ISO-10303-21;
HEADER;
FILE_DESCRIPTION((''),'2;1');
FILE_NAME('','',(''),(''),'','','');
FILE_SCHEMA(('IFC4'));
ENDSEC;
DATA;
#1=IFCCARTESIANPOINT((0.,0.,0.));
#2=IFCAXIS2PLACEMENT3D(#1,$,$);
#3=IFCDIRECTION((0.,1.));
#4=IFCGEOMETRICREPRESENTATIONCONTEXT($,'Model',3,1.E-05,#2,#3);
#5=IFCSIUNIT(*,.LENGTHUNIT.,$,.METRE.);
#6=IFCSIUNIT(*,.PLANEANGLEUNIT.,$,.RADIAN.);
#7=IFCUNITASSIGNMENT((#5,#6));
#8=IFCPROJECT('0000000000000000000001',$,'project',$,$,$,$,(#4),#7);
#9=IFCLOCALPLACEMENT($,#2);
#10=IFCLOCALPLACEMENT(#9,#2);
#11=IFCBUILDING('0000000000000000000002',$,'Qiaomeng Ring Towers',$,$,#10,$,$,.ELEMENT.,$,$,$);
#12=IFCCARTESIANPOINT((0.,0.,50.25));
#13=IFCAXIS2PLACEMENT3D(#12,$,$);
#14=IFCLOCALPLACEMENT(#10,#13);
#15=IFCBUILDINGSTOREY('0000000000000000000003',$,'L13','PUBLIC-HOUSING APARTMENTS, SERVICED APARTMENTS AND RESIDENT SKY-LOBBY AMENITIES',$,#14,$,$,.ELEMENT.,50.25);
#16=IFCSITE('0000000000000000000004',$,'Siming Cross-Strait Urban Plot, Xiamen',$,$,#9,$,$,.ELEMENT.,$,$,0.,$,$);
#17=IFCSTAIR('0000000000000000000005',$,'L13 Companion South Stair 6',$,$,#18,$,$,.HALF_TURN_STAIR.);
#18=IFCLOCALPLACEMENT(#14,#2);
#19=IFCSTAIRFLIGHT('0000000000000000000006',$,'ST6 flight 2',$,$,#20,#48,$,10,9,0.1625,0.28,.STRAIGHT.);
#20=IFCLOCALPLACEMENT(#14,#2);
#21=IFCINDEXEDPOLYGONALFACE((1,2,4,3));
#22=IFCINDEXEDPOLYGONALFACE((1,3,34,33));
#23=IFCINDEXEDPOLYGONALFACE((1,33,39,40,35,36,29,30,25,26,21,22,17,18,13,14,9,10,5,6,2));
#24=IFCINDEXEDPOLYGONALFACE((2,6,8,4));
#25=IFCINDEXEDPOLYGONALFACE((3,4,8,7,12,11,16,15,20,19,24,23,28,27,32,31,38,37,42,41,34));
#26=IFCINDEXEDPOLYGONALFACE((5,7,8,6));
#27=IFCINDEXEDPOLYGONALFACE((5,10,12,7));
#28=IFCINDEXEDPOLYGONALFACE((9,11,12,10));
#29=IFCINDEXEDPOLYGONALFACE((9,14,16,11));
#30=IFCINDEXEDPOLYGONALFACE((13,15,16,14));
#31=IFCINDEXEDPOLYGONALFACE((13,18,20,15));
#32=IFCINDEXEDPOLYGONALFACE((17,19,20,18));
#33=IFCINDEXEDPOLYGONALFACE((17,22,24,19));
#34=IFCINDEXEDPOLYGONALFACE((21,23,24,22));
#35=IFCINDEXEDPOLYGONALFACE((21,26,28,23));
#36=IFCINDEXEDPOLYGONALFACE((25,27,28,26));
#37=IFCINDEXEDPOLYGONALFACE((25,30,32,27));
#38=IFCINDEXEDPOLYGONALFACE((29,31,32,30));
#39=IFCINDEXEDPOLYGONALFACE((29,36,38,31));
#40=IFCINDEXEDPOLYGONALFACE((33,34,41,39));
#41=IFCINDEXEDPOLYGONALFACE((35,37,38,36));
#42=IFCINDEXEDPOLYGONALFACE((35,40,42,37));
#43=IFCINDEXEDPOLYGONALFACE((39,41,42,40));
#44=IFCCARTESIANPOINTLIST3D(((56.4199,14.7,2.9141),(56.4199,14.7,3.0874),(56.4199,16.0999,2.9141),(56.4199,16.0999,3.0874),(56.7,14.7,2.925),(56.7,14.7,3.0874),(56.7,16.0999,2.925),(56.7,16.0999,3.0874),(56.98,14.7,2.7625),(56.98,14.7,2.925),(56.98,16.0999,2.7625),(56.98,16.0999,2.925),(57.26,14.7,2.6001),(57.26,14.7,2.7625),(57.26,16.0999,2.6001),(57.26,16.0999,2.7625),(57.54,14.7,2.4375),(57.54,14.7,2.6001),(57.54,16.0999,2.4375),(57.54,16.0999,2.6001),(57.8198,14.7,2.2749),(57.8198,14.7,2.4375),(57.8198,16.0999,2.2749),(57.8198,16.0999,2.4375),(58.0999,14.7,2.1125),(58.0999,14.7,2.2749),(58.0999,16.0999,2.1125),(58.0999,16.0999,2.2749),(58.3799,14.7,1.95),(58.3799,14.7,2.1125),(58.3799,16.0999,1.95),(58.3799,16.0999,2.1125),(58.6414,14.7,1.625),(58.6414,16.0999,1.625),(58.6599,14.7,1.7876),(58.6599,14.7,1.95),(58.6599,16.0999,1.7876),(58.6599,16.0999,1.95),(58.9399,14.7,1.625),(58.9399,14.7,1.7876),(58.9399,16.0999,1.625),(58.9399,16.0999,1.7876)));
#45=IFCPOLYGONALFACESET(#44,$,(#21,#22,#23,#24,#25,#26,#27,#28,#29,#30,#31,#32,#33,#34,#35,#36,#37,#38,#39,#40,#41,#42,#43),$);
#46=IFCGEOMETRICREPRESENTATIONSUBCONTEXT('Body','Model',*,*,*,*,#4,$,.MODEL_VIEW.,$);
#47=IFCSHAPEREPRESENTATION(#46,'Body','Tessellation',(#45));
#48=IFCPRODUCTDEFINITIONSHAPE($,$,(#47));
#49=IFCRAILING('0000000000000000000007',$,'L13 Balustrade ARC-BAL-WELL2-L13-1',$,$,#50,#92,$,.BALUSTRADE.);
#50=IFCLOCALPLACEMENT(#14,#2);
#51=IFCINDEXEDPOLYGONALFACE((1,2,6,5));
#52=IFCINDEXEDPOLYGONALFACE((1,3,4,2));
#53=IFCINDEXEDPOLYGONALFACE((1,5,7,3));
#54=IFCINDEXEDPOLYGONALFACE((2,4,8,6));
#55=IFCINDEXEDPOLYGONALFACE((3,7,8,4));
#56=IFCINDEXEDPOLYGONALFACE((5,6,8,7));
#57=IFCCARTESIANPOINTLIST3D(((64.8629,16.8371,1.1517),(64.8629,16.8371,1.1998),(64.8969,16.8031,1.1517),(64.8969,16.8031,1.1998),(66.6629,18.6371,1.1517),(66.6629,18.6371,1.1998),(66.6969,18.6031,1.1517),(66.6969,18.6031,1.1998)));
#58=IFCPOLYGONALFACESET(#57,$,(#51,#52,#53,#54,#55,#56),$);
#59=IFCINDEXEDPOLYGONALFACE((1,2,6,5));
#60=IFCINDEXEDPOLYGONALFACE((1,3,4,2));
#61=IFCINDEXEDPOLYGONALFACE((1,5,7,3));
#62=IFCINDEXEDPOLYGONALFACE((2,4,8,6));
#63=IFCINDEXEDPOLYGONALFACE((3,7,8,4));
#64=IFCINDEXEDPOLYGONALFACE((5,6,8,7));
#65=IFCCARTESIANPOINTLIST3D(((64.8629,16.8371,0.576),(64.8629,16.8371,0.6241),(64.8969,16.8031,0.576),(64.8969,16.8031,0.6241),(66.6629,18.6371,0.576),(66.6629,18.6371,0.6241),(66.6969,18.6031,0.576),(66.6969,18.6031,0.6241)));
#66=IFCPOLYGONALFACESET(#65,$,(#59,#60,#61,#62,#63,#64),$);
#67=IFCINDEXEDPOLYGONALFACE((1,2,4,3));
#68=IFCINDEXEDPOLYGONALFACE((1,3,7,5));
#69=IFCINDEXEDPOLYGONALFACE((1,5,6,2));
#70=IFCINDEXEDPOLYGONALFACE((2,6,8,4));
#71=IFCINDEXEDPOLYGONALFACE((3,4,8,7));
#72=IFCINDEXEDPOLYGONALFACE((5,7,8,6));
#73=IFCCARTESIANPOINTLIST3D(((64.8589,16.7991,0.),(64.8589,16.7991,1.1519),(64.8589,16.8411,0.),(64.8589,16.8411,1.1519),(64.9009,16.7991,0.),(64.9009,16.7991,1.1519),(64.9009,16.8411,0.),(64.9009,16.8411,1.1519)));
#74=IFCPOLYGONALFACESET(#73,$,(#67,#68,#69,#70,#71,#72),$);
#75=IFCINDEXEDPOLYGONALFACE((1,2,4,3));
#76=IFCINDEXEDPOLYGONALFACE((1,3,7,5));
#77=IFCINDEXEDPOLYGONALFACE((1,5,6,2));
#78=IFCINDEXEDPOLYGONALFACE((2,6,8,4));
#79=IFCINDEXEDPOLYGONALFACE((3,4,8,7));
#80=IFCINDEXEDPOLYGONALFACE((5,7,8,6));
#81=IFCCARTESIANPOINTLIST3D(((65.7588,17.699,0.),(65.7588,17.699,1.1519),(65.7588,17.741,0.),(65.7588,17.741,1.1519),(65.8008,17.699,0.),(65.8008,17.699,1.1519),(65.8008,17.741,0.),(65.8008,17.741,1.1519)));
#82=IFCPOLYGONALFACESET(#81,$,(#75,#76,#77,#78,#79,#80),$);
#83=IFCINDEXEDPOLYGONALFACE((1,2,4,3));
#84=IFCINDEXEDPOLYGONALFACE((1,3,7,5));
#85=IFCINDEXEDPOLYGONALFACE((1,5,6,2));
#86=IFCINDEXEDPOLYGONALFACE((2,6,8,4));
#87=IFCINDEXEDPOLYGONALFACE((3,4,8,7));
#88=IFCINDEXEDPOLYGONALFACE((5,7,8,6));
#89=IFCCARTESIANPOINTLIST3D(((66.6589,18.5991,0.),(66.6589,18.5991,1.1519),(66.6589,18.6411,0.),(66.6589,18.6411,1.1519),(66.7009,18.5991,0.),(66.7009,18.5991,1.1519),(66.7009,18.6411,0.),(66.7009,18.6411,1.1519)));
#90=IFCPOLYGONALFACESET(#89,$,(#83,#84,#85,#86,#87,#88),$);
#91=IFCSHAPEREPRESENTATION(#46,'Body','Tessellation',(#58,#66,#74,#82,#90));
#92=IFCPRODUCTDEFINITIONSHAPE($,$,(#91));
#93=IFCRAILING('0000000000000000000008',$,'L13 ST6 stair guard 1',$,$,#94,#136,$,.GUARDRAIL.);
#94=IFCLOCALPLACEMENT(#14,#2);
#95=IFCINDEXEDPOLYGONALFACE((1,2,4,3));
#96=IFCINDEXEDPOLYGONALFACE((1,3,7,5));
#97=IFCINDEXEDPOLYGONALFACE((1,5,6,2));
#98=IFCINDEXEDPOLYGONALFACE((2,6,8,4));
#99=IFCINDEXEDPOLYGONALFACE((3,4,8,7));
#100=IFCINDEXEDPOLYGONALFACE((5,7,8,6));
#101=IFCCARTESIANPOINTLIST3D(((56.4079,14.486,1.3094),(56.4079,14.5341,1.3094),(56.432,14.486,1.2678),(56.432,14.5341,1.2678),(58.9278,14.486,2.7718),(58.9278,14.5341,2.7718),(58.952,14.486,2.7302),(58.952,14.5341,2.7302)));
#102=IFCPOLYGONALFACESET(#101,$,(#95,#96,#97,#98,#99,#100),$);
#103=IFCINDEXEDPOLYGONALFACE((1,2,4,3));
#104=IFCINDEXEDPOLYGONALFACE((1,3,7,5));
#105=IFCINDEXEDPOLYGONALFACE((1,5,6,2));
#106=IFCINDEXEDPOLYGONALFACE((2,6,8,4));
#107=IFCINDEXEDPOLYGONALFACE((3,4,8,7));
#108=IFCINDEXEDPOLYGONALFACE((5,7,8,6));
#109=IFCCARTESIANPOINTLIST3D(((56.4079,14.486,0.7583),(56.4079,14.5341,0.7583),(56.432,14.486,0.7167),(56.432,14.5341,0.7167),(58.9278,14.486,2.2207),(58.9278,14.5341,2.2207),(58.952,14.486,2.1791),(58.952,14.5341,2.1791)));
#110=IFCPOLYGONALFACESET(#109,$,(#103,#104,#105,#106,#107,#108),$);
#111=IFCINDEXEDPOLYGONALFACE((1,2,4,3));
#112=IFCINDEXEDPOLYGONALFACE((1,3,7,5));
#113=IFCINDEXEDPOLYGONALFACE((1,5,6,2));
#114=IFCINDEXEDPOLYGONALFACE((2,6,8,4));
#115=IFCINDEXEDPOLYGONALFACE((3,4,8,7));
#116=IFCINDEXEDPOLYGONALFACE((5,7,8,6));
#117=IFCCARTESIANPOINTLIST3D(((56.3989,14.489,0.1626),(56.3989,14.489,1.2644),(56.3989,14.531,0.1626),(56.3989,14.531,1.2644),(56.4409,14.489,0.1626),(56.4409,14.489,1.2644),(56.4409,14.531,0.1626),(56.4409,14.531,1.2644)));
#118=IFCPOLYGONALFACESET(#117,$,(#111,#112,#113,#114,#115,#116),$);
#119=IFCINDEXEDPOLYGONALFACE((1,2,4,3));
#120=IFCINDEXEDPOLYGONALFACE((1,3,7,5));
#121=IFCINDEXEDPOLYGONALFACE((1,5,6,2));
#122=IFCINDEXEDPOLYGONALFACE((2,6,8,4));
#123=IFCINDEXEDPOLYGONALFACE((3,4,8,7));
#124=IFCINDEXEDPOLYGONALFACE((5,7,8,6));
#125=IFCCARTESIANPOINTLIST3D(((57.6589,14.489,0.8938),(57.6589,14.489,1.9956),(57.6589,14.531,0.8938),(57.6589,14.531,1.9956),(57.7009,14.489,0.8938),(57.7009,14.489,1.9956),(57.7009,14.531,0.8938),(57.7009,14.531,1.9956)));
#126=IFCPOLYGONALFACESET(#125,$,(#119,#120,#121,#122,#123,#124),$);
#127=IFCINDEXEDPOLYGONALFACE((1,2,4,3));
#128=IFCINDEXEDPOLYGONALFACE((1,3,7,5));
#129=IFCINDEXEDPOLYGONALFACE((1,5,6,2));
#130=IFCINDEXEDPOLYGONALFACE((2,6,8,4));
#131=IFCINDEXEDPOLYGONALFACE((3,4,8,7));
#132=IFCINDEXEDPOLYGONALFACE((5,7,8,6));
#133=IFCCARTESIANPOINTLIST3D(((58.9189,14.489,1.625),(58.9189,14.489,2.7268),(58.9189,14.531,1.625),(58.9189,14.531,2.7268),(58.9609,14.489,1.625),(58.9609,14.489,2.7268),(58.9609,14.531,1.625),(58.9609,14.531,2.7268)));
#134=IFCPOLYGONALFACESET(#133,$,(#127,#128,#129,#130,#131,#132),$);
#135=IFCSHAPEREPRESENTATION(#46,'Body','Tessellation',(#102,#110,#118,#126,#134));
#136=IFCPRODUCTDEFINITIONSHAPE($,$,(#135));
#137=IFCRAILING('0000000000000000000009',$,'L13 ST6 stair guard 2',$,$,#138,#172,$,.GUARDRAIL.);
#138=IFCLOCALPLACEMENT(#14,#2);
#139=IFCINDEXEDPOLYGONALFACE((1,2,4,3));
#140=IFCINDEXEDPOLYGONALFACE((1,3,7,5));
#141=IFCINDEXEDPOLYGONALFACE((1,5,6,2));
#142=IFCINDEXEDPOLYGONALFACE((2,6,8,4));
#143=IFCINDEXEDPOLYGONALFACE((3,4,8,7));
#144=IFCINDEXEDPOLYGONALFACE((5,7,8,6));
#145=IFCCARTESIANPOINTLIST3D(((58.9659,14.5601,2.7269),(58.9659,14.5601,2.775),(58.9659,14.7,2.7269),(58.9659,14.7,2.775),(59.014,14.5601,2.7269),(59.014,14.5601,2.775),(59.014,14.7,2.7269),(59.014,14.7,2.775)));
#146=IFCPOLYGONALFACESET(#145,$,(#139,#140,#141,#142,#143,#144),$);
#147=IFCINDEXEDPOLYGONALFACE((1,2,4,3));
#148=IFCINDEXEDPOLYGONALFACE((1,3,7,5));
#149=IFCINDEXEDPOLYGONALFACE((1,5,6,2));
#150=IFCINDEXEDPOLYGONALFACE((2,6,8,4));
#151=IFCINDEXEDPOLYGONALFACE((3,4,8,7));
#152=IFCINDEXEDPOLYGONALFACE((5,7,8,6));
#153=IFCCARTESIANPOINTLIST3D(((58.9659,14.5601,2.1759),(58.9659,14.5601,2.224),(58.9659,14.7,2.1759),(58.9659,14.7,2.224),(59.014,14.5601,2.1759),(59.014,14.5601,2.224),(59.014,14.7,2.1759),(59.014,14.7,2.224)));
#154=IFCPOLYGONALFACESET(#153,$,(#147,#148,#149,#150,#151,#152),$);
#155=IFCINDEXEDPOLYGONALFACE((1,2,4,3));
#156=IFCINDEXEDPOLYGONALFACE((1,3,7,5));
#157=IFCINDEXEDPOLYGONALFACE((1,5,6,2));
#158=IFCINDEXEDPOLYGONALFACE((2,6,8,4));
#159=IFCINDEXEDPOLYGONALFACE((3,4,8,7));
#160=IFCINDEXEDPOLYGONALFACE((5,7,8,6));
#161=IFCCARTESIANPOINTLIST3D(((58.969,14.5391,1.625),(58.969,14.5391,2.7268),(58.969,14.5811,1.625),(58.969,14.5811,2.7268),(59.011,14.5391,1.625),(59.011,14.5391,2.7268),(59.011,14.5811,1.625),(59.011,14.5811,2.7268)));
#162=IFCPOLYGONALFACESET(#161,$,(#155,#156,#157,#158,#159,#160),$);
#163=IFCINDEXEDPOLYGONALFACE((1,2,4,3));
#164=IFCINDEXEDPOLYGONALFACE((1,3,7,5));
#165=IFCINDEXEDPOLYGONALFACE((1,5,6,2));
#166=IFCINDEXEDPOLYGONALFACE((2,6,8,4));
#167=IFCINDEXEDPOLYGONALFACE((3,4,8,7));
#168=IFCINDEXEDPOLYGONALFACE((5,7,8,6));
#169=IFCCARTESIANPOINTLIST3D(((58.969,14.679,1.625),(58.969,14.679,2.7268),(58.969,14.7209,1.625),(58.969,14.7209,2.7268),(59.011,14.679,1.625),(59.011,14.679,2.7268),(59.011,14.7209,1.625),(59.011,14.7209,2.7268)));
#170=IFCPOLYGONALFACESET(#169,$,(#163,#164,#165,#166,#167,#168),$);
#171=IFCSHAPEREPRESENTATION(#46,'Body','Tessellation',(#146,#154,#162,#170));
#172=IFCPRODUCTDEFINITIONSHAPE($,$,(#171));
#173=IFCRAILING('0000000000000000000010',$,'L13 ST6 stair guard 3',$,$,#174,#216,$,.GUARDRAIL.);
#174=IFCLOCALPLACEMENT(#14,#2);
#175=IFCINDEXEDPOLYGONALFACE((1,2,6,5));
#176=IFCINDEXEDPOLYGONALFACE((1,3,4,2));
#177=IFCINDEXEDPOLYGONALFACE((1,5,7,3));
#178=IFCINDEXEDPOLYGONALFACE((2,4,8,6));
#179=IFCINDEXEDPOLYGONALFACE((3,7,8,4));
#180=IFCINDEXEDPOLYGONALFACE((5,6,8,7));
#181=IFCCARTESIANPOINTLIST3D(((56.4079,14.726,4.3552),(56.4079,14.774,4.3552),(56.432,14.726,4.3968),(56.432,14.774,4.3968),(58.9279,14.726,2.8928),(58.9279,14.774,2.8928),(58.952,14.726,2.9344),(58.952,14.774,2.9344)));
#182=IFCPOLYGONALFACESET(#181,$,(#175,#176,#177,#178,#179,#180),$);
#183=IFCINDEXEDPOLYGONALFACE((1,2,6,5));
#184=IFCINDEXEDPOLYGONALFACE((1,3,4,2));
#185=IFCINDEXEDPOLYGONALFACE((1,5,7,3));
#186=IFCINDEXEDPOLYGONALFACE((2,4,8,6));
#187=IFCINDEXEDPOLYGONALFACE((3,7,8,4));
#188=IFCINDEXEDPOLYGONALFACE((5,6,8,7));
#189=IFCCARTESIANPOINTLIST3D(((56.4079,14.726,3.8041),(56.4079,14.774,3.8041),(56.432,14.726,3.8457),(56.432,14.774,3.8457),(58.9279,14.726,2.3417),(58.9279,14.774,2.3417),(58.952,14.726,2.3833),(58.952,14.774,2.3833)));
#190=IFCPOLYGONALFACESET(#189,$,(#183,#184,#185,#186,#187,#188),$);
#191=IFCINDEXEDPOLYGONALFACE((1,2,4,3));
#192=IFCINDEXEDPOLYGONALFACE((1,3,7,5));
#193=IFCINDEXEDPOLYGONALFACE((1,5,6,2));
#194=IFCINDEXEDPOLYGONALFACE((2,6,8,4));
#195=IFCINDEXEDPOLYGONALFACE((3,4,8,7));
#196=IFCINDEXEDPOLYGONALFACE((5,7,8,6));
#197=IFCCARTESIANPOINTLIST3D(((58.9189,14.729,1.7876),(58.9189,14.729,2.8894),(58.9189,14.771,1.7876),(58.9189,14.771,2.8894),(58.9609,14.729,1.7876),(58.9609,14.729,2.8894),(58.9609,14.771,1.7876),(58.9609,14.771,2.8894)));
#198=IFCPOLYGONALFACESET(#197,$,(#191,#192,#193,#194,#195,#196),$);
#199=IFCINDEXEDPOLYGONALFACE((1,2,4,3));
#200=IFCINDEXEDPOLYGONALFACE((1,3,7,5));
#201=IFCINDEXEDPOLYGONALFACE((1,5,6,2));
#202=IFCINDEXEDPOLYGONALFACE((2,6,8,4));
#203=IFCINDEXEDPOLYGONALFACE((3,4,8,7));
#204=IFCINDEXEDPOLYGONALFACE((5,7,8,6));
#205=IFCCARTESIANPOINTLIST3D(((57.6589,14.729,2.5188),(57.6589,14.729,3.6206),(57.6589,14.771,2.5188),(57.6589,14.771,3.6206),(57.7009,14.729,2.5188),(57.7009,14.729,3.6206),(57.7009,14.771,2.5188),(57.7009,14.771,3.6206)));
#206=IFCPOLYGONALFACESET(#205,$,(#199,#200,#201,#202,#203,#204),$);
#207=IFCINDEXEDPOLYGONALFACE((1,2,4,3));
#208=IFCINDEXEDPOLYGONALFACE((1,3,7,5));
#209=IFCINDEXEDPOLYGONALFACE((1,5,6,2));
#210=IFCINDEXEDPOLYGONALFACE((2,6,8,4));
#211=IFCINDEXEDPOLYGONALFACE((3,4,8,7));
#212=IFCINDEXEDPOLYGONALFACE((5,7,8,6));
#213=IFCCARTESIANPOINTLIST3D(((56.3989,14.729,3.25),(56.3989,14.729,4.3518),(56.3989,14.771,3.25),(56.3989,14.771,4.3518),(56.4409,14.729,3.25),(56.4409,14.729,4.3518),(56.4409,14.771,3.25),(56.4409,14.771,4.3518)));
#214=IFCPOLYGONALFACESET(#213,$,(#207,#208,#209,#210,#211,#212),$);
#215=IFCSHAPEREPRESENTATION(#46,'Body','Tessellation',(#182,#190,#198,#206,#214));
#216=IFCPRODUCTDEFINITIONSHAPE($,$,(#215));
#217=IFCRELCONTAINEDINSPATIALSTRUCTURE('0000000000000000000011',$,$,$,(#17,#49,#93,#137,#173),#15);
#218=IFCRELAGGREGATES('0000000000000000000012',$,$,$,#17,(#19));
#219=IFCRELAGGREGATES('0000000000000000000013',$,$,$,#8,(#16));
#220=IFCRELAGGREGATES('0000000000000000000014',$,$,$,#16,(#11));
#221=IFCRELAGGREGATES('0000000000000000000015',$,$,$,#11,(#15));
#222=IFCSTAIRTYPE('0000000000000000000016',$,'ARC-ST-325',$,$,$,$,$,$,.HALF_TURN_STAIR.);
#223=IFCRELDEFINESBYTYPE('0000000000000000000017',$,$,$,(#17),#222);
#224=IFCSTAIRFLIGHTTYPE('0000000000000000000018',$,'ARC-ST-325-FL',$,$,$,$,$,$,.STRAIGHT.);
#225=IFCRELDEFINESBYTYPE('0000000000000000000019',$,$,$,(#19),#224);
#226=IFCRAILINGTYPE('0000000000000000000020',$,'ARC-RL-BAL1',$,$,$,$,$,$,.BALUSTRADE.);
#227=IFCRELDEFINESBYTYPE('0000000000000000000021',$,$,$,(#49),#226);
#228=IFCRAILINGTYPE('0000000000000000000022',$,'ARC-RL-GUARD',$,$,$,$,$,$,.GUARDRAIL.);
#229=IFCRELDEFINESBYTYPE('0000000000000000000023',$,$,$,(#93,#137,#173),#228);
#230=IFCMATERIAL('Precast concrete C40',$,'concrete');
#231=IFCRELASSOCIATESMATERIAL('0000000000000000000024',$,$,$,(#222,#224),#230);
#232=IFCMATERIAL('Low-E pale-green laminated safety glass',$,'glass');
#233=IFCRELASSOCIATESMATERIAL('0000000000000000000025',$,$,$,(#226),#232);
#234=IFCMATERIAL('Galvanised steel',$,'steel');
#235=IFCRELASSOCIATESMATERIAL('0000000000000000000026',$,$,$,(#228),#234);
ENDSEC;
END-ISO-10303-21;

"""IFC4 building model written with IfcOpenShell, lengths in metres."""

from ifc_helpers import new_model, si_unit, direction, frame, origin, origin_2d, place, context, subcontext, project, spatial, polyline, rectangle, outline, extrude, source, transform, mapped, material, type_object, element, aggregate, save


model = new_model("IFC4")

# Units and contexts
model_context = context("Model", 3, precision=1e-05, world=origin(), true_north=direction((0.0, 1.0)))
body_context = subcontext(model_context, "Body", "Model", "MODEL_VIEW")
ifc_project = project(units=[si_unit("LENGTHUNIT", "METRE"), si_unit("PLANEANGLEUNIT", "RADIAN")], contexts=[model_context])

# Site, building, storey
site_placement = place(None, origin())
site = spatial("IfcSite", under=ifc_project, at=site_placement, Name="Siming Cross-Strait Urban Plot, Xiamen", CompositionType="ELEMENT", RefElevation=0.0)
building_placement = place(site_placement, origin())
building = spatial("IfcBuilding", under=site, at=building_placement, Name="Qiaomeng Ring Towers", CompositionType="ELEMENT")
storey_placement = place(building_placement, frame((0.0, 0.0, 50.25)))
storey = spatial("IfcBuildingStorey", under=building, at=storey_placement, Name="L13", Description="PUBLIC-HOUSING APARTMENTS, SERVICED APARTMENTS AND RESIDENT SKY-LOBBY AMENITIES", CompositionType="ELEMENT", Elevation=50.25)

# Shared definitions
ifc_material_1 = material(Name="Galvanised steel", Category="steel")

# Stair, stair flight
ifc_material_2 = material(Name="Precast concrete C40", Category="concrete")
stair_type = type_object("IfcStairType", Name="ARC-ST-325", PredefinedType="HALF_TURN_STAIR", material=ifc_material_2)
stair_placement = place(storey_placement, origin())
stair = element("IfcStair", 1, at=stair_placement, inside=storey, type_object=stair_type, Name="L13 Companion South Stair 6", PredefinedType="HALF_TURN_STAIR")
stair_flight_type = type_object("IfcStairFlightType", Name="ARC-ST-325-FL", PredefinedType="STRAIGHT", material=ifc_material_2)
shared_shape_1 = source(origin(), body_context, "Body", "SweptSolid", [
    extrude(outline(polyline([(0.0, 0.0), (0.0, 0.1626), (0.28, 0.1626), (0.28, 0.325), (0.5601, 0.325), (0.5601, 0.4875), (0.8401, 0.4875), (0.8401, 0.6499), (1.1201, 0.6499), (1.1201, 0.8125), (1.3999, 0.8125), (1.3999, 0.9751), (1.6799, 0.9751), (1.6799, 1.1375), (1.96, 1.1375), (1.96, 1.3), (2.24, 1.3), (2.24, 1.4624), (2.52, 1.4624), (2.52, 1.625), (2.52, 1.2891), (0.2986, 0.0), (0.0, 0.0)])), frame((0.0, 0.7, 0.0), z_axis=(0.0, -1.0, 0.0), x_axis=(1.0, 0.0, 0.0)), (0.0, 0.0, 1.0), 1.3999),
])
stair_flight_1_placement = place(storey_placement, frame((58.9399, 15.3999, 1.625), z_axis=(0.0, 0.0, 1.0), x_axis=(-1.0, 0.0, 0.0)))
stair_flight_1 = element("IfcStairFlight", 2, at=stair_flight_1_placement, type_object=stair_flight_type, Name="ST6 flight 2", NumberOfRisers=10, NumberOfTreads=9, PredefinedType="STRAIGHT", RiserHeight=0.1625, TreadLength=0.28, context=body_context, shape_type="MappedRepresentation", body=[
    mapped(shared_shape_1, transform((0.0, 0.0, 0.0), x_axis=(1.0, 0.0, 0.0), y_axis=(0.0, 1.0, 0.0), z_axis=(0.0, 0.0, 1.0), scale=1.0)),
])
aggregate(stair, [stair_flight_1])

# Railings
ifc_material_3 = material(Name="Low-E pale-green laminated safety glass", Category="glass")
railing_type_1 = type_object("IfcRailingType", Name="ARC-RL-BAL1", PredefinedType="BALUSTRADE", material=ifc_material_3)
railing_1_placement = place(storey_placement, frame((64.8799, 16.8201, 0.0)))
element("IfcRailing", 3, at=railing_1_placement, inside=storey, type_object=railing_type_1, Name="L13 Balustrade ARC-BAL-WELL2-L13-1", PredefinedType="BALUSTRADE", context=body_context, shape_type="SweptSolid", body=[
    extrude(rectangle(XDim=0.0481, YDim=0.0481, at=origin_2d()), frame((0.0, 0.0, 1.1758), z_axis=(0.707107, 0.707107, 0.0), x_axis=(-0.707107, 0.707107, 0.0)), (0.0, 0.0, 1.0), 2.5457),
    extrude(rectangle(XDim=0.0481, YDim=0.0481, at=origin_2d()), frame((0.0, 0.0, 0.6001), z_axis=(0.707107, 0.707107, 0.0), x_axis=(-0.707107, 0.707107, 0.0)), (0.0, 0.0, 1.0), 2.5457),
    extrude(rectangle(XDim=0.042, YDim=0.042, at=origin_2d()), origin(), (0.0, 0.0, 1.0), 1.1519),
    extrude(rectangle(XDim=0.042, YDim=0.042, at=origin_2d()), frame((0.8999, 0.8999, 0.0)), (0.0, 0.0, 1.0), 1.1519),
    extrude(rectangle(XDim=0.042, YDim=0.042, at=origin_2d()), frame((1.8, 1.8, 0.0)), (0.0, 0.0, 1.0), 1.1519),
])
railing_type_2 = type_object("IfcRailingType", Name="ARC-RL-GUARD", PredefinedType="GUARDRAIL", material=ifc_material_1)
railing_2_placement = place(storey_placement, frame((56.4199, 14.51, 0.1626)))
element("IfcRailing", 4, at=railing_2_placement, inside=storey, type_object=railing_type_2, Name="L13 ST6 stair guard 1", PredefinedType="GUARDRAIL", context=body_context, shape_type="SweptSolid", body=[
    extrude(rectangle(XDim=0.0481, YDim=0.0481, at=origin_2d()), frame((0.0, 0.0, 1.126), z_axis=(0.864913, 0.0, 0.501921), x_axis=(0.0, 1.0, 0.0)), (0.0, 0.0, 1.0), 2.9136),
    extrude(rectangle(XDim=0.0481, YDim=0.0481, at=origin_2d()), frame((0.0, 0.0, 0.575), z_axis=(0.864913, 0.0, 0.501921), x_axis=(0.0, 1.0, 0.0)), (0.0, 0.0, 1.0), 2.9136),
    extrude(rectangle(XDim=0.042, YDim=0.042, at=origin_2d()), origin(), (0.0, 0.0, 1.0), 1.1018),
    extrude(rectangle(XDim=0.042, YDim=0.042, at=origin_2d()), frame((1.26, 0.0, 0.7312)), (0.0, 0.0, 1.0), 1.1018),
    extrude(rectangle(XDim=0.042, YDim=0.042, at=origin_2d()), frame((2.52, 0.0, 1.4624)), (0.0, 0.0, 1.0), 1.1018),
])
railing_3_placement = place(storey_placement, frame((58.99, 14.5601, 1.625)))
element("IfcRailing", 5, at=railing_3_placement, inside=storey, type_object=railing_type_2, Name="L13 ST6 stair guard 2", PredefinedType="GUARDRAIL", context=body_context, shape_type="SweptSolid", body=[
    extrude(rectangle(XDim=0.0481, YDim=0.0481, at=origin_2d()), frame((0.0, 0.0, 1.126), z_axis=(0.0, 1.0, 0.0), x_axis=(-1.0, 0.0, 0.0)), (0.0, 0.0, 1.0), 0.1399),
    extrude(rectangle(XDim=0.0481, YDim=0.0481, at=origin_2d()), frame((0.0, 0.0, 0.575), z_axis=(0.0, 1.0, 0.0), x_axis=(-1.0, 0.0, 0.0)), (0.0, 0.0, 1.0), 0.1399),
    extrude(rectangle(XDim=0.042, YDim=0.042, at=origin_2d()), origin(), (0.0, 0.0, 1.0), 1.1018),
    extrude(rectangle(XDim=0.042, YDim=0.042, at=origin_2d()), frame((0.0, 0.1399, 0.0)), (0.0, 0.0, 1.0), 1.1018),
])
railing_4_placement = place(storey_placement, frame((58.9399, 14.75, 1.7876)))
element("IfcRailing", 6, at=railing_4_placement, inside=storey, type_object=railing_type_2, Name="L13 ST6 stair guard 3", PredefinedType="GUARDRAIL", context=body_context, shape_type="SweptSolid", body=[
    extrude(rectangle(XDim=0.0481, YDim=0.0481, at=origin_2d()), frame((0.0, 0.0, 1.126), z_axis=(-0.864913, 0.0, 0.501921), x_axis=(0.0, -1.0, 0.0)), (0.0, 0.0, 1.0), 2.9136),
    extrude(rectangle(XDim=0.0481, YDim=0.0481, at=origin_2d()), frame((0.0, 0.0, 0.575), z_axis=(-0.864913, 0.0, 0.501921), x_axis=(0.0, -1.0, 0.0)), (0.0, 0.0, 1.0), 2.9136),
    extrude(rectangle(XDim=0.042, YDim=0.042, at=origin_2d()), origin(), (0.0, 0.0, 1.0), 1.1018),
    extrude(rectangle(XDim=0.042, YDim=0.042, at=origin_2d()), frame((-1.26, 0.0, 0.7312)), (0.0, 0.0, 1.0), 1.1018),
    extrude(rectangle(XDim=0.042, YDim=0.042, at=origin_2d()), frame((-2.52, 0.0, 1.4624)), (0.0, 0.0, 1.0), 1.1018),
])

save(model, "model.ifc")
